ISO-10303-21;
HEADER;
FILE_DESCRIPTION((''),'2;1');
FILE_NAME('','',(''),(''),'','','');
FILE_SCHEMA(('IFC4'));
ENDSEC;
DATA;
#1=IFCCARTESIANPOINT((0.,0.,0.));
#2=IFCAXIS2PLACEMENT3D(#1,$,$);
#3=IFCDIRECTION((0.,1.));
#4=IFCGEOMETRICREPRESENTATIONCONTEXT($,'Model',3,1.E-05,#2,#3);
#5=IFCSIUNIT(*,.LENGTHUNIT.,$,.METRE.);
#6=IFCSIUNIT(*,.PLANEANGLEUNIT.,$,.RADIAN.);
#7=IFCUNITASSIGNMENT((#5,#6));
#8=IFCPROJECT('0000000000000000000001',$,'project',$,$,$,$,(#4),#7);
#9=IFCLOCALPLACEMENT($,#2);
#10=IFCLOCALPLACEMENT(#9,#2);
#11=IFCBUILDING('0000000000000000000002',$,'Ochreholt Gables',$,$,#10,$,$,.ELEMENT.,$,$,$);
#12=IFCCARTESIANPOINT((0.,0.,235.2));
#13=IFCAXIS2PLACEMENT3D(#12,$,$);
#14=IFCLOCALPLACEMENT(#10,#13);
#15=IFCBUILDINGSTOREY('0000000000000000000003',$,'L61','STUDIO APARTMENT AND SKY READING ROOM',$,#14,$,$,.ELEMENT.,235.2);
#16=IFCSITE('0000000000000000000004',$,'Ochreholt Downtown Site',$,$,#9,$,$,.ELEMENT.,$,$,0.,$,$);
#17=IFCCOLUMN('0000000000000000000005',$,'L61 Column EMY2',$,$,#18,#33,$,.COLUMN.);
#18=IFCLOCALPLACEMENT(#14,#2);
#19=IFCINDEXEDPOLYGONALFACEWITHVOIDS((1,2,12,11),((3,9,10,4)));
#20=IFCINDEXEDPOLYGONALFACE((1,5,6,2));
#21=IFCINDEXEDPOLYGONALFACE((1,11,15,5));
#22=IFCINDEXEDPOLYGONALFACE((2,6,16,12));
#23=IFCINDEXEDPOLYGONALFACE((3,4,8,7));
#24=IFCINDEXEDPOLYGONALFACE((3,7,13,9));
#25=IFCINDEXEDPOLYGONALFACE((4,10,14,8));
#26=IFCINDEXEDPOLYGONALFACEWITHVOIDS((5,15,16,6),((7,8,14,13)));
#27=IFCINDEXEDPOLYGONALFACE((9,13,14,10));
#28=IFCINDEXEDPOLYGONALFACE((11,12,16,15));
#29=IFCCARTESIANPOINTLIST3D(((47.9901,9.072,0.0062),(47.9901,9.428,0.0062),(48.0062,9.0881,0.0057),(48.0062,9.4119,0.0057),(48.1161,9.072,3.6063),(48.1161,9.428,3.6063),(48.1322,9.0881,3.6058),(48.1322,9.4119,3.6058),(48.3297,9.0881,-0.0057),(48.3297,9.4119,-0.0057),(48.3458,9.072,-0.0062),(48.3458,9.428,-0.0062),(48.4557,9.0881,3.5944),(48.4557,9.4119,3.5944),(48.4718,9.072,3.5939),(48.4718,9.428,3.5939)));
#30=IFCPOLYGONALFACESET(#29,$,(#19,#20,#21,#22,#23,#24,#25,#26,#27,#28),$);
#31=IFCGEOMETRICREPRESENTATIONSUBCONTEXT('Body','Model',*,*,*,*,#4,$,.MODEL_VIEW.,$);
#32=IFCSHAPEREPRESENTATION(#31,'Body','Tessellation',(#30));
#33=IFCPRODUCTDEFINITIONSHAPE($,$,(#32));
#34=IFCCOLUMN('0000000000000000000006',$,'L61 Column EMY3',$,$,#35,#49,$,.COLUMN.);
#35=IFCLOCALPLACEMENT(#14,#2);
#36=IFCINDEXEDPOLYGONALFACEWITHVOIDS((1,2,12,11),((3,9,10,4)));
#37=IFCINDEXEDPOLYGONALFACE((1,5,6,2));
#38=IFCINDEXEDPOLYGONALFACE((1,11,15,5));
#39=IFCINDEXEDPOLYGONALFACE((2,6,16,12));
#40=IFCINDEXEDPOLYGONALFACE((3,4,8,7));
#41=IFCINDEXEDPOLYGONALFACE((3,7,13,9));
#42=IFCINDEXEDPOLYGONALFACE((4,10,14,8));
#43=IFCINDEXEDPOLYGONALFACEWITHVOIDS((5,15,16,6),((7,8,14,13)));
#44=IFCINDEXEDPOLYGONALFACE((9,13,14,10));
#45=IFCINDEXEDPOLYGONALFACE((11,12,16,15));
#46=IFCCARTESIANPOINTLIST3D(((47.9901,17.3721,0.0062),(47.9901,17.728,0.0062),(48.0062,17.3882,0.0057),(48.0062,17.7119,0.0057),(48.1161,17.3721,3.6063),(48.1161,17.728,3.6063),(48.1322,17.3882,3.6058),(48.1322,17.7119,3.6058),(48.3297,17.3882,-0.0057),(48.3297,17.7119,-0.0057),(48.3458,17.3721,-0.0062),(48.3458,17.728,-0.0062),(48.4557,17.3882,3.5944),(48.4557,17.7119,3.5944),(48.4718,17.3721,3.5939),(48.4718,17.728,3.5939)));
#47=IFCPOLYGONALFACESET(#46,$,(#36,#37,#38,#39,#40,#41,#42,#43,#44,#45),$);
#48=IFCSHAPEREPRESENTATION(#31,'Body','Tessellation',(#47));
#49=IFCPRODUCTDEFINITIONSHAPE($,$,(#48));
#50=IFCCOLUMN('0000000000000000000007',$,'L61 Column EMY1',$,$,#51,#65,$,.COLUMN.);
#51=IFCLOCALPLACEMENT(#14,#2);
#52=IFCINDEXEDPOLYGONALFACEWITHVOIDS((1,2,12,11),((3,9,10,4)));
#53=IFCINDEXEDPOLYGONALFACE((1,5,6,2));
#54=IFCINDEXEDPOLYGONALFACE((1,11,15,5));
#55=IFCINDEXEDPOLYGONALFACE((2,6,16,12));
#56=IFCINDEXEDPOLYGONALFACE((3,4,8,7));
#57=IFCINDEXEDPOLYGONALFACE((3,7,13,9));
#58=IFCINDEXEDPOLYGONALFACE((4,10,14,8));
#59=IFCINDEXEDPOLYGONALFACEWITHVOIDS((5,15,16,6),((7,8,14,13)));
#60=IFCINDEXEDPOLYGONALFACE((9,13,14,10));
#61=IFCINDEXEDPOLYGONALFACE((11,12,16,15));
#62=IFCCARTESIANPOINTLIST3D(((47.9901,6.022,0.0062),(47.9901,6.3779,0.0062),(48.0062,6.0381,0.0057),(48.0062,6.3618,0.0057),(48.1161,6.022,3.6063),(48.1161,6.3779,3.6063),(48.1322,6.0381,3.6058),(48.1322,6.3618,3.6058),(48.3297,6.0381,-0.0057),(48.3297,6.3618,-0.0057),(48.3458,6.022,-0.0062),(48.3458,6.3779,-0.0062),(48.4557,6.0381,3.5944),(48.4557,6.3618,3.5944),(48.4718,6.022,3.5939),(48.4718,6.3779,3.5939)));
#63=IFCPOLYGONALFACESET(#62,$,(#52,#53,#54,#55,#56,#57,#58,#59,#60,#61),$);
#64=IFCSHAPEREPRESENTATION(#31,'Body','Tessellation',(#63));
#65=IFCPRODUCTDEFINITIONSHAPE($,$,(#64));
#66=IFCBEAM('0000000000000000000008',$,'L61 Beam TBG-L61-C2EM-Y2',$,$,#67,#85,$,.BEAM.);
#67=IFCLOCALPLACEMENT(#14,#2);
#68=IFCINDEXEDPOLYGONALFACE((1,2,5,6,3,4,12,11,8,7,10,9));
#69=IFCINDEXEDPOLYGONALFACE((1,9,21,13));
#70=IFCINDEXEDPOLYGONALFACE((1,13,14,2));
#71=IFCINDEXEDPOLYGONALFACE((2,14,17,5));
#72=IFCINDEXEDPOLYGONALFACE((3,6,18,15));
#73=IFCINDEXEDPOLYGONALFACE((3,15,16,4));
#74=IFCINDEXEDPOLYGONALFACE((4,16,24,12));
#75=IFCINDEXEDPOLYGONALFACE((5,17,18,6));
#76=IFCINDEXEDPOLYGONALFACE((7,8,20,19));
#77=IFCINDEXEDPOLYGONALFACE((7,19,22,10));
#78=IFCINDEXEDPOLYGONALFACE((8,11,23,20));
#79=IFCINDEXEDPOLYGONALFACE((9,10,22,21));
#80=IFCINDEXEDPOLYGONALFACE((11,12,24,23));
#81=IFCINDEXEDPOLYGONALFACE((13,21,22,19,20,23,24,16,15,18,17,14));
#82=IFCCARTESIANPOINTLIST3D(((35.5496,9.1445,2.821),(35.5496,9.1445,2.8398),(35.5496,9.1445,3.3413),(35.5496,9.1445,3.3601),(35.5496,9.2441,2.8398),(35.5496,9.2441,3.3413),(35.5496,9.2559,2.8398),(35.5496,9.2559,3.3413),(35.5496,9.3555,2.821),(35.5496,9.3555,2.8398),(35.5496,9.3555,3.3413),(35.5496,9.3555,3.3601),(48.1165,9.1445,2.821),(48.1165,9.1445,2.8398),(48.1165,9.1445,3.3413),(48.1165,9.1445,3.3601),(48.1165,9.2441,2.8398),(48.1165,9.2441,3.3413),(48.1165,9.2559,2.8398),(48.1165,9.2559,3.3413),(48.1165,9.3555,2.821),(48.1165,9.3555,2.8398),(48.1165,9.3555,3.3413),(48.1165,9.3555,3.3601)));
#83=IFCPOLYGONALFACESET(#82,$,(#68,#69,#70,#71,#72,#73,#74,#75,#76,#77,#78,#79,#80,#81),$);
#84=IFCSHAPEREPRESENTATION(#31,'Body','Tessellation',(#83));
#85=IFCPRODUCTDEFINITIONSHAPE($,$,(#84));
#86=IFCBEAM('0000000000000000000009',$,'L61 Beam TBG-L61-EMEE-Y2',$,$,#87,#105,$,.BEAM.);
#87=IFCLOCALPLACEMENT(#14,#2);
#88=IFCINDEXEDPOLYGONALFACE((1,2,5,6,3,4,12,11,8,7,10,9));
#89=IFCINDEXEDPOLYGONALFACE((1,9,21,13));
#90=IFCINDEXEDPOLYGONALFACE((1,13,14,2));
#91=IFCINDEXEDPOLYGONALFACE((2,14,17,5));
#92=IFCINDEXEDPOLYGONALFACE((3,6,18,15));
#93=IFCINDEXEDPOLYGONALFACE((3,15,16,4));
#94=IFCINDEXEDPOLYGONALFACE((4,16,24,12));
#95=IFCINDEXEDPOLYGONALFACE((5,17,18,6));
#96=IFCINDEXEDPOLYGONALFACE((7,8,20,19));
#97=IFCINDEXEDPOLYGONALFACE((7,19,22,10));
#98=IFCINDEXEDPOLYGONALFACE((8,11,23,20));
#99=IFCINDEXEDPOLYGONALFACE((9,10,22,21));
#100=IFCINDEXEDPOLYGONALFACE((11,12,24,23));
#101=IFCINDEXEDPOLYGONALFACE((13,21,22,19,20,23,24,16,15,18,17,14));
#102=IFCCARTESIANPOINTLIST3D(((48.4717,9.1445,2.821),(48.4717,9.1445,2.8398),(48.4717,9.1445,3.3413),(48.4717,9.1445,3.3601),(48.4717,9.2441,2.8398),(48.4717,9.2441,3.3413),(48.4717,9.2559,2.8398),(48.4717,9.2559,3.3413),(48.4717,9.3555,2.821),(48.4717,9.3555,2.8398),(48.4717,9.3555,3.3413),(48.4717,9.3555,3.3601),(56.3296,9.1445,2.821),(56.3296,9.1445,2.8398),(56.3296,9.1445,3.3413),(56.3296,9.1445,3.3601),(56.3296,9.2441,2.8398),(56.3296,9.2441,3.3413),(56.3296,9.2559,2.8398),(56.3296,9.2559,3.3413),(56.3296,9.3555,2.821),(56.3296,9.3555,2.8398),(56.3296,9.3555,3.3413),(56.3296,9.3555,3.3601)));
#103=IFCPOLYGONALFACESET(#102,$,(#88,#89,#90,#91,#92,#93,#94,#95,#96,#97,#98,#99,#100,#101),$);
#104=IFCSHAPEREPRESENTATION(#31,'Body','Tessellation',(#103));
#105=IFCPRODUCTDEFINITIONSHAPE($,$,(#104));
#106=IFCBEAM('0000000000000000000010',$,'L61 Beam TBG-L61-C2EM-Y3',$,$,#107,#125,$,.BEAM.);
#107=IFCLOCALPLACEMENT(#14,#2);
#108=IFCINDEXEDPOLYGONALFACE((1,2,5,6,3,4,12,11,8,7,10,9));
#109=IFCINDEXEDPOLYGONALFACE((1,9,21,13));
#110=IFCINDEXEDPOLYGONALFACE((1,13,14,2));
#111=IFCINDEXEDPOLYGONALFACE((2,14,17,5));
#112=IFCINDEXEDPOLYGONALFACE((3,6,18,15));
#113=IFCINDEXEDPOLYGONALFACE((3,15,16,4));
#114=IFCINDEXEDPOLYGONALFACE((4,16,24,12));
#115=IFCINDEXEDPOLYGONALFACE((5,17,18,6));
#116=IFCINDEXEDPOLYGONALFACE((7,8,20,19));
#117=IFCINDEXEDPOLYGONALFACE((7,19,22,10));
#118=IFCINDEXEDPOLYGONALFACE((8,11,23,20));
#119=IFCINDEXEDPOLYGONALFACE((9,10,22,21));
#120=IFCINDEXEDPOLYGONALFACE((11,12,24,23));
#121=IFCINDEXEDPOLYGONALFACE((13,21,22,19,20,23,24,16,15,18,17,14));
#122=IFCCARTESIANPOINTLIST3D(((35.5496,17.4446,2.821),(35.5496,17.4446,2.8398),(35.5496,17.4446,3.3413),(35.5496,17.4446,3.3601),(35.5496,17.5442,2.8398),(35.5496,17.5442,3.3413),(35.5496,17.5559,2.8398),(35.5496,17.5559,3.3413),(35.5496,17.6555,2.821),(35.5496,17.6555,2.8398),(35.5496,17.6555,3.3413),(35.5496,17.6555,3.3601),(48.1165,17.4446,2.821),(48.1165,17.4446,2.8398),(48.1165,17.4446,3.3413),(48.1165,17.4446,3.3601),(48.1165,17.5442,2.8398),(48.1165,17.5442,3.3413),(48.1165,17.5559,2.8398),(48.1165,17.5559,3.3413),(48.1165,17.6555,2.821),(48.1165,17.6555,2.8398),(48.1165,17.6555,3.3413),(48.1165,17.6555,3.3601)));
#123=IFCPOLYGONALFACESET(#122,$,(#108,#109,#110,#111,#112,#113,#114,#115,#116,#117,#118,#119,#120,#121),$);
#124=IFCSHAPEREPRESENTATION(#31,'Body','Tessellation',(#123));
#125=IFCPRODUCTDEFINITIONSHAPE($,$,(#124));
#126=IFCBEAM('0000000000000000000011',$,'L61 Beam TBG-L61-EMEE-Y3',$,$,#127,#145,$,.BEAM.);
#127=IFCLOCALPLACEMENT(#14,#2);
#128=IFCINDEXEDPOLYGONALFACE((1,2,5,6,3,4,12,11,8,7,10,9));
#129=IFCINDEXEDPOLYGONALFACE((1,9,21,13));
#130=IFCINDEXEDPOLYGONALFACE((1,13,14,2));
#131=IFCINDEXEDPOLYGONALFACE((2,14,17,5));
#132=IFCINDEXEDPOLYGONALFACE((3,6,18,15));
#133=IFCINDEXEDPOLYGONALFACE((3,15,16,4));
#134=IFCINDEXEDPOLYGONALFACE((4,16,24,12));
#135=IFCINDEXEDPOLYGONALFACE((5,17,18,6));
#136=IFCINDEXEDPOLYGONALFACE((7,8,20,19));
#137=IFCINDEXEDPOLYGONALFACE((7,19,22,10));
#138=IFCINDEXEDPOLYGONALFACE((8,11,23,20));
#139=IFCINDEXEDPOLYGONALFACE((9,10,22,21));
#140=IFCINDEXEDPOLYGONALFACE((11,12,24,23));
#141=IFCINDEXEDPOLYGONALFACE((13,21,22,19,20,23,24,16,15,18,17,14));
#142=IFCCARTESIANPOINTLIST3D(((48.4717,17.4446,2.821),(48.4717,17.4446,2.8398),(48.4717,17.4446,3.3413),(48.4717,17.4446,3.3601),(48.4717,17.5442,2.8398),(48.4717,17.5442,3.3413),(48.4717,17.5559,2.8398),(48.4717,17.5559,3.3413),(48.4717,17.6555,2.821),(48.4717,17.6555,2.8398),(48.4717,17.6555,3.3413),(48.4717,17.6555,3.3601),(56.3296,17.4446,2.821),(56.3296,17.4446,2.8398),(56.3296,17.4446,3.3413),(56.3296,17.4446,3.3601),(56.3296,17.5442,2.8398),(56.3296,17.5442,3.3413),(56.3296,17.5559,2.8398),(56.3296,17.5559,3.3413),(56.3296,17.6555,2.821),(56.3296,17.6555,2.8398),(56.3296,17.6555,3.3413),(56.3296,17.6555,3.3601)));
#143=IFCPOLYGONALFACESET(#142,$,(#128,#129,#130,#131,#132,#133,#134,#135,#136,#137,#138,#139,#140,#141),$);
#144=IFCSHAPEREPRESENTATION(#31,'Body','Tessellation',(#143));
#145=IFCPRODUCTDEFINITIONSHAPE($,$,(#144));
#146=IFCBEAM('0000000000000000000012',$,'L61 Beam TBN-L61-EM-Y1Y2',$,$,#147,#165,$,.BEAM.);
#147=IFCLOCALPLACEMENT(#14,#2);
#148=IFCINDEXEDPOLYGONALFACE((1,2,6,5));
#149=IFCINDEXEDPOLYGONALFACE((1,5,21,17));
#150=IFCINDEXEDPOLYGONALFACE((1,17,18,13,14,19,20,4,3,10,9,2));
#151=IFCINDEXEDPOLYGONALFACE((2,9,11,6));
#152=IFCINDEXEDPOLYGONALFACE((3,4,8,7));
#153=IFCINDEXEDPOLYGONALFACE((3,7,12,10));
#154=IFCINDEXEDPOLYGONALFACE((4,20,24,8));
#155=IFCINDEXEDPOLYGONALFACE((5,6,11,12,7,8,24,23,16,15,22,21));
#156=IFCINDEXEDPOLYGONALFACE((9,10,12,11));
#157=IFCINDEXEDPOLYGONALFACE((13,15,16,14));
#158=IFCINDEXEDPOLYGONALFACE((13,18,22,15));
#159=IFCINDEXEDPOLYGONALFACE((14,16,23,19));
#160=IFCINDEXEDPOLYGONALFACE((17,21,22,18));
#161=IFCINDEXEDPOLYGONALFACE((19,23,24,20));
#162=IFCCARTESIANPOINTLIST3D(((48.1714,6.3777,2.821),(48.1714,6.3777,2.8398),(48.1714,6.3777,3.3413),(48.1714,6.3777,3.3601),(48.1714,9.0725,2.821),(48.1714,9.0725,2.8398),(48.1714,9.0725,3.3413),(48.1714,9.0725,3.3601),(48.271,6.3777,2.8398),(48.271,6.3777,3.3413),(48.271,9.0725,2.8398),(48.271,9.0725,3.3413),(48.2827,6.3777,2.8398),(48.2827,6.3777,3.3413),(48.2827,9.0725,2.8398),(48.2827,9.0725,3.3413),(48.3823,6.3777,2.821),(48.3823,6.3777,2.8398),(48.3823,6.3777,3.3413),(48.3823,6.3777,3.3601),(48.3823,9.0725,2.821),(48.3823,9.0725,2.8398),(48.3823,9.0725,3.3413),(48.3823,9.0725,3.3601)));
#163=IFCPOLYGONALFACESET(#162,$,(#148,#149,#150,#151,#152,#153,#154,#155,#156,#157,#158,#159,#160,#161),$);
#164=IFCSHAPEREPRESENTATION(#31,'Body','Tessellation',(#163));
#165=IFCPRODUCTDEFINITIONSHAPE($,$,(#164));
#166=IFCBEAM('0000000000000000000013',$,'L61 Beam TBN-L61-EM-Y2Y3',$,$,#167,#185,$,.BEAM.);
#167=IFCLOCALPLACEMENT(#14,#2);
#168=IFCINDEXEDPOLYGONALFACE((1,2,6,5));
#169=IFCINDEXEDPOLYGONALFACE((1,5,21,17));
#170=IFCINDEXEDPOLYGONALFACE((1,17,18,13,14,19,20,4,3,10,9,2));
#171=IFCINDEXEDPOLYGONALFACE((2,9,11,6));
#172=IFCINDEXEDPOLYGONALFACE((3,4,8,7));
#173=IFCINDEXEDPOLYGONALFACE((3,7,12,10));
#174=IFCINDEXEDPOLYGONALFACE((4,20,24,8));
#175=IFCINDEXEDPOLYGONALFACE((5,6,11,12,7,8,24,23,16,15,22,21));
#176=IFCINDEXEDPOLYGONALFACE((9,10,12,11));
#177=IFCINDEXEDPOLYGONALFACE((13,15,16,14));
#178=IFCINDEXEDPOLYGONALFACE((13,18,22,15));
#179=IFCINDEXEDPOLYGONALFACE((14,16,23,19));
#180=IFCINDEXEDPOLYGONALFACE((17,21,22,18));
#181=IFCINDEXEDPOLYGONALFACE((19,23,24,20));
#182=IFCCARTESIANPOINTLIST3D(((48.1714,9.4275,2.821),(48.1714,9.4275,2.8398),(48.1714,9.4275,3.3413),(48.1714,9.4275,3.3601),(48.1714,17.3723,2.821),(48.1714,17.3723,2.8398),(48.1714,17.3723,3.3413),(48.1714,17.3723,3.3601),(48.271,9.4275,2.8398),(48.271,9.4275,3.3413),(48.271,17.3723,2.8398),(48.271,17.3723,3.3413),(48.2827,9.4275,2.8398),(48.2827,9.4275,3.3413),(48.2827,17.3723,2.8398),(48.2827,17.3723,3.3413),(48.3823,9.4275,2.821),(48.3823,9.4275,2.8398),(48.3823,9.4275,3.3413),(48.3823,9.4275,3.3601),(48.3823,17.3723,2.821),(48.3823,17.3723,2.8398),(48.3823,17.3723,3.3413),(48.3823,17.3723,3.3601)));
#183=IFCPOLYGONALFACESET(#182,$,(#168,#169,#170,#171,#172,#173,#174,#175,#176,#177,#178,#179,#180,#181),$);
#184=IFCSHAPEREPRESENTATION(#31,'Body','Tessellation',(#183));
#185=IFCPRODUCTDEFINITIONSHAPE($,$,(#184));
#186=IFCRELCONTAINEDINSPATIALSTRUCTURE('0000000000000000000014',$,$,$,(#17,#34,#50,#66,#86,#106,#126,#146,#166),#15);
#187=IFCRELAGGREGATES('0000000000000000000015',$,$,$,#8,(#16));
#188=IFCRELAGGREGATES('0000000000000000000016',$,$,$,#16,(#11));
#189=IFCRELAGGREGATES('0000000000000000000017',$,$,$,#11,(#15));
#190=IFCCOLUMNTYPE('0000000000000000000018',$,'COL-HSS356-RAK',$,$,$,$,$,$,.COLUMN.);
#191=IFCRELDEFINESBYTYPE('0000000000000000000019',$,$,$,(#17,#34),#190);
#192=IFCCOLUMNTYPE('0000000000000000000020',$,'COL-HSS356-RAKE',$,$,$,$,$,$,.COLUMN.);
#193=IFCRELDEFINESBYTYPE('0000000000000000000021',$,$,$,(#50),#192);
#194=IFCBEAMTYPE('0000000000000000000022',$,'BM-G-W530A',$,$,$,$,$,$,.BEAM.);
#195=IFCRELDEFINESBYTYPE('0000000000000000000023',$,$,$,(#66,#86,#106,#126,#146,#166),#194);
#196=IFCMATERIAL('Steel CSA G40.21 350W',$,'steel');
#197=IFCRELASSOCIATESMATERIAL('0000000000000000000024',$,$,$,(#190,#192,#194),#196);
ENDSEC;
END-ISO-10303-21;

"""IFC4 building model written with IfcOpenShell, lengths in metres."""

from ifc_helpers import new_model, si_unit, direction, frame, origin, origin_2d, place, context, subcontext, project, spatial, hollow_rectangle, i_section, extrude, material, material_profile, profile_set, type_object, element, save


model = new_model("IFC4")

# Units and contexts
model_context = context("Model", 3, precision=1e-05, world=origin(), true_north=direction((0.0, 1.0)))
body_context = subcontext(model_context, "Body", "Model", "MODEL_VIEW")
ifc_project = project(units=[si_unit("LENGTHUNIT", "METRE"), si_unit("PLANEANGLEUNIT", "RADIAN")], contexts=[model_context])

# Site, building, storey
site_placement = place(None, origin())
site = spatial("IfcSite", under=ifc_project, at=site_placement, Name="Ochreholt Downtown Site", CompositionType="ELEMENT", RefElevation=0.0)
building_placement = place(site_placement, origin())
building = spatial("IfcBuilding", under=site, at=building_placement, Name="Ochreholt Gables", CompositionType="ELEMENT")
storey_placement = place(building_placement, frame((0.0, 0.0, 235.2)))
storey = spatial("IfcBuildingStorey", under=building, at=storey_placement, Name="L61", Description="STUDIO APARTMENT AND SKY READING ROOM", CompositionType="ELEMENT", Elevation=235.2)

# Columns
ifc_material_1 = material(Name="Steel CSA G40.21 350W", Category="steel")
ifc_material_profile_1 = material_profile(ifc_material_1, hollow_rectangle(XDim=0.356, YDim=0.356, WallThickness=0.0161, at=origin_2d()), Name="HSS356X356X16")
ifc_profile_set_1 = profile_set([ifc_material_profile_1], Name="Steel CSA G40.21 350W")
column_type_1 = type_object("IfcColumnType", Name="COL-HSS356-RAK", PredefinedType="COLUMN", material=ifc_profile_set_1)
for number, where, z_axis, x_axis, name in (
    (1, (48.168, 9.25, 0.0), (0.034971, 0.0, 0.999388), (0.0, 1.0, 0.0), "L61 Column EMY2"),
    (2, (48.168, 17.55, 0.0), (0.034971, 0.0, 0.999388), (0.0, 1.0, 0.0), "L61 Column EMY3"),
):
    element("IfcColumn", number, at=place(storey_placement, frame(where, z_axis=z_axis, x_axis=x_axis)), inside=storey, type_object=column_type_1, Name=name, PredefinedType="COLUMN", context=body_context, shape_type="SweptSolid", body=[
        extrude(hollow_rectangle(XDim=0.356, YDim=0.356, WallThickness=0.0161, at=origin_2d()), origin(), (0.0, 0.0, 1.0), 3.6023),
    ])
ifc_material_profile_2 = material_profile(ifc_material_1, hollow_rectangle(XDim=0.356, YDim=0.356, WallThickness=0.0161, at=origin_2d()), Name="HSS356X356X16")
ifc_profile_set_2 = profile_set([ifc_material_profile_2], Name="Steel CSA G40.21 350W")
column_type_2 = type_object("IfcColumnType", Name="COL-HSS356-RAKE", PredefinedType="COLUMN", material=ifc_profile_set_2)
column_placement = place(storey_placement, frame((48.168, 6.2, 0.0), z_axis=(0.034971, 0.0, 0.999388), x_axis=(0.0, 1.0, 0.0)))
element("IfcColumn", 3, at=column_placement, inside=storey, type_object=column_type_2, Name="L61 Column EMY1", PredefinedType="COLUMN", context=body_context, shape_type="SweptSolid", body=[
    extrude(hollow_rectangle(XDim=0.356, YDim=0.356, WallThickness=0.0161, at=origin_2d()), origin(), (0.0, 0.0, 1.0), 3.6023),
])

# Beams
ifc_material_profile_3 = material_profile(ifc_material_1, i_section(OverallWidth=0.2109, OverallDepth=0.5391, WebThickness=0.0117, FlangeThickness=0.0188, at=origin_2d()), Name="W530X109")
ifc_profile_set_3 = profile_set([ifc_material_profile_3], Name="Steel CSA G40.21 350W")
beam_type_1 = type_object("IfcBeamType", Name="BM-G-W530A", PredefinedType="BEAM", material=ifc_profile_set_3)
beam_1_placement = place(storey_placement, frame((35.5496, 9.25, 3.0906), z_axis=(1.0, 0.0, 0.0), x_axis=(0.0, 1.0, 0.0)))
element("IfcBeam", 4, at=beam_1_placement, inside=storey, type_object=beam_type_1, Name="L61 Beam TBG-L61-C2EM-Y2", PredefinedType="BEAM", context=body_context, shape_type="SweptSolid", body=[
    extrude(i_section(OverallWidth=0.2109, OverallDepth=0.5391, WebThickness=0.0117, FlangeThickness=0.0188, at=origin_2d()), origin(), (0.0, 0.0, 1.0), 12.5669),
])
beam_2_placement = place(storey_placement, frame((48.4717, 9.25, 3.0906), z_axis=(1.0, 0.0, 0.0), x_axis=(0.0, 1.0, 0.0)))
element("IfcBeam", 5, at=beam_2_placement, inside=storey, type_object=beam_type_1, Name="L61 Beam TBG-L61-EMEE-Y2", PredefinedType="BEAM", context=body_context, shape_type="SweptSolid", body=[
    extrude(i_section(OverallWidth=0.2109, OverallDepth=0.5391, WebThickness=0.0117, FlangeThickness=0.0188, at=origin_2d()), origin(), (0.0, 0.0, 1.0), 7.8579),
])
beam_3_placement = place(storey_placement, frame((35.5496, 17.55, 3.0906), z_axis=(1.0, 0.0, 0.0), x_axis=(0.0, 1.0, 0.0)))
element("IfcBeam", 6, at=beam_3_placement, inside=storey, type_object=beam_type_1, Name="L61 Beam TBG-L61-C2EM-Y3", PredefinedType="BEAM", context=body_context, shape_type="SweptSolid", body=[
    extrude(i_section(OverallWidth=0.2109, OverallDepth=0.5391, WebThickness=0.0117, FlangeThickness=0.0188, at=origin_2d()), origin(), (0.0, 0.0, 1.0), 12.5669),
])
beam_4_placement = place(storey_placement, frame((48.4717, 17.55, 3.0906), z_axis=(1.0, 0.0, 0.0), x_axis=(0.0, 1.0, 0.0)))
element("IfcBeam", 7, at=beam_4_placement, inside=storey, type_object=beam_type_1, Name="L61 Beam TBG-L61-EMEE-Y3", PredefinedType="BEAM", context=body_context, shape_type="SweptSolid", body=[
    extrude(i_section(OverallWidth=0.2109, OverallDepth=0.5391, WebThickness=0.0117, FlangeThickness=0.0188, at=origin_2d()), origin(), (0.0, 0.0, 1.0), 7.8579),
])
beam_5_placement = place(storey_placement, frame((48.2769, 6.3777, 3.0906), z_axis=(0.0, 1.0, 0.0), x_axis=(-1.0, 0.0, 0.0)))
element("IfcBeam", 8, at=beam_5_placement, inside=storey, type_object=beam_type_1, Name="L61 Beam TBN-L61-EM-Y1Y2", PredefinedType="BEAM", context=body_context, shape_type="SweptSolid", body=[
    extrude(i_section(OverallWidth=0.2109, OverallDepth=0.5391, WebThickness=0.0117, FlangeThickness=0.0188, at=origin_2d()), origin(), (0.0, 0.0, 1.0), 2.6948),
])
beam_6_placement = place(storey_placement, frame((48.2769, 9.4275, 3.0906), z_axis=(0.0, 1.0, 0.0), x_axis=(-1.0, 0.0, 0.0)))
element("IfcBeam", 9, at=beam_6_placement, inside=storey, type_object=beam_type_1, Name="L61 Beam TBN-L61-EM-Y2Y3", PredefinedType="BEAM", context=body_context, shape_type="SweptSolid", body=[
    extrude(i_section(OverallWidth=0.2109, OverallDepth=0.5391, WebThickness=0.0117, FlangeThickness=0.0188, at=origin_2d()), origin(), (0.0, 0.0, 1.0), 7.9448),
])

save(model, "model.ifc")
